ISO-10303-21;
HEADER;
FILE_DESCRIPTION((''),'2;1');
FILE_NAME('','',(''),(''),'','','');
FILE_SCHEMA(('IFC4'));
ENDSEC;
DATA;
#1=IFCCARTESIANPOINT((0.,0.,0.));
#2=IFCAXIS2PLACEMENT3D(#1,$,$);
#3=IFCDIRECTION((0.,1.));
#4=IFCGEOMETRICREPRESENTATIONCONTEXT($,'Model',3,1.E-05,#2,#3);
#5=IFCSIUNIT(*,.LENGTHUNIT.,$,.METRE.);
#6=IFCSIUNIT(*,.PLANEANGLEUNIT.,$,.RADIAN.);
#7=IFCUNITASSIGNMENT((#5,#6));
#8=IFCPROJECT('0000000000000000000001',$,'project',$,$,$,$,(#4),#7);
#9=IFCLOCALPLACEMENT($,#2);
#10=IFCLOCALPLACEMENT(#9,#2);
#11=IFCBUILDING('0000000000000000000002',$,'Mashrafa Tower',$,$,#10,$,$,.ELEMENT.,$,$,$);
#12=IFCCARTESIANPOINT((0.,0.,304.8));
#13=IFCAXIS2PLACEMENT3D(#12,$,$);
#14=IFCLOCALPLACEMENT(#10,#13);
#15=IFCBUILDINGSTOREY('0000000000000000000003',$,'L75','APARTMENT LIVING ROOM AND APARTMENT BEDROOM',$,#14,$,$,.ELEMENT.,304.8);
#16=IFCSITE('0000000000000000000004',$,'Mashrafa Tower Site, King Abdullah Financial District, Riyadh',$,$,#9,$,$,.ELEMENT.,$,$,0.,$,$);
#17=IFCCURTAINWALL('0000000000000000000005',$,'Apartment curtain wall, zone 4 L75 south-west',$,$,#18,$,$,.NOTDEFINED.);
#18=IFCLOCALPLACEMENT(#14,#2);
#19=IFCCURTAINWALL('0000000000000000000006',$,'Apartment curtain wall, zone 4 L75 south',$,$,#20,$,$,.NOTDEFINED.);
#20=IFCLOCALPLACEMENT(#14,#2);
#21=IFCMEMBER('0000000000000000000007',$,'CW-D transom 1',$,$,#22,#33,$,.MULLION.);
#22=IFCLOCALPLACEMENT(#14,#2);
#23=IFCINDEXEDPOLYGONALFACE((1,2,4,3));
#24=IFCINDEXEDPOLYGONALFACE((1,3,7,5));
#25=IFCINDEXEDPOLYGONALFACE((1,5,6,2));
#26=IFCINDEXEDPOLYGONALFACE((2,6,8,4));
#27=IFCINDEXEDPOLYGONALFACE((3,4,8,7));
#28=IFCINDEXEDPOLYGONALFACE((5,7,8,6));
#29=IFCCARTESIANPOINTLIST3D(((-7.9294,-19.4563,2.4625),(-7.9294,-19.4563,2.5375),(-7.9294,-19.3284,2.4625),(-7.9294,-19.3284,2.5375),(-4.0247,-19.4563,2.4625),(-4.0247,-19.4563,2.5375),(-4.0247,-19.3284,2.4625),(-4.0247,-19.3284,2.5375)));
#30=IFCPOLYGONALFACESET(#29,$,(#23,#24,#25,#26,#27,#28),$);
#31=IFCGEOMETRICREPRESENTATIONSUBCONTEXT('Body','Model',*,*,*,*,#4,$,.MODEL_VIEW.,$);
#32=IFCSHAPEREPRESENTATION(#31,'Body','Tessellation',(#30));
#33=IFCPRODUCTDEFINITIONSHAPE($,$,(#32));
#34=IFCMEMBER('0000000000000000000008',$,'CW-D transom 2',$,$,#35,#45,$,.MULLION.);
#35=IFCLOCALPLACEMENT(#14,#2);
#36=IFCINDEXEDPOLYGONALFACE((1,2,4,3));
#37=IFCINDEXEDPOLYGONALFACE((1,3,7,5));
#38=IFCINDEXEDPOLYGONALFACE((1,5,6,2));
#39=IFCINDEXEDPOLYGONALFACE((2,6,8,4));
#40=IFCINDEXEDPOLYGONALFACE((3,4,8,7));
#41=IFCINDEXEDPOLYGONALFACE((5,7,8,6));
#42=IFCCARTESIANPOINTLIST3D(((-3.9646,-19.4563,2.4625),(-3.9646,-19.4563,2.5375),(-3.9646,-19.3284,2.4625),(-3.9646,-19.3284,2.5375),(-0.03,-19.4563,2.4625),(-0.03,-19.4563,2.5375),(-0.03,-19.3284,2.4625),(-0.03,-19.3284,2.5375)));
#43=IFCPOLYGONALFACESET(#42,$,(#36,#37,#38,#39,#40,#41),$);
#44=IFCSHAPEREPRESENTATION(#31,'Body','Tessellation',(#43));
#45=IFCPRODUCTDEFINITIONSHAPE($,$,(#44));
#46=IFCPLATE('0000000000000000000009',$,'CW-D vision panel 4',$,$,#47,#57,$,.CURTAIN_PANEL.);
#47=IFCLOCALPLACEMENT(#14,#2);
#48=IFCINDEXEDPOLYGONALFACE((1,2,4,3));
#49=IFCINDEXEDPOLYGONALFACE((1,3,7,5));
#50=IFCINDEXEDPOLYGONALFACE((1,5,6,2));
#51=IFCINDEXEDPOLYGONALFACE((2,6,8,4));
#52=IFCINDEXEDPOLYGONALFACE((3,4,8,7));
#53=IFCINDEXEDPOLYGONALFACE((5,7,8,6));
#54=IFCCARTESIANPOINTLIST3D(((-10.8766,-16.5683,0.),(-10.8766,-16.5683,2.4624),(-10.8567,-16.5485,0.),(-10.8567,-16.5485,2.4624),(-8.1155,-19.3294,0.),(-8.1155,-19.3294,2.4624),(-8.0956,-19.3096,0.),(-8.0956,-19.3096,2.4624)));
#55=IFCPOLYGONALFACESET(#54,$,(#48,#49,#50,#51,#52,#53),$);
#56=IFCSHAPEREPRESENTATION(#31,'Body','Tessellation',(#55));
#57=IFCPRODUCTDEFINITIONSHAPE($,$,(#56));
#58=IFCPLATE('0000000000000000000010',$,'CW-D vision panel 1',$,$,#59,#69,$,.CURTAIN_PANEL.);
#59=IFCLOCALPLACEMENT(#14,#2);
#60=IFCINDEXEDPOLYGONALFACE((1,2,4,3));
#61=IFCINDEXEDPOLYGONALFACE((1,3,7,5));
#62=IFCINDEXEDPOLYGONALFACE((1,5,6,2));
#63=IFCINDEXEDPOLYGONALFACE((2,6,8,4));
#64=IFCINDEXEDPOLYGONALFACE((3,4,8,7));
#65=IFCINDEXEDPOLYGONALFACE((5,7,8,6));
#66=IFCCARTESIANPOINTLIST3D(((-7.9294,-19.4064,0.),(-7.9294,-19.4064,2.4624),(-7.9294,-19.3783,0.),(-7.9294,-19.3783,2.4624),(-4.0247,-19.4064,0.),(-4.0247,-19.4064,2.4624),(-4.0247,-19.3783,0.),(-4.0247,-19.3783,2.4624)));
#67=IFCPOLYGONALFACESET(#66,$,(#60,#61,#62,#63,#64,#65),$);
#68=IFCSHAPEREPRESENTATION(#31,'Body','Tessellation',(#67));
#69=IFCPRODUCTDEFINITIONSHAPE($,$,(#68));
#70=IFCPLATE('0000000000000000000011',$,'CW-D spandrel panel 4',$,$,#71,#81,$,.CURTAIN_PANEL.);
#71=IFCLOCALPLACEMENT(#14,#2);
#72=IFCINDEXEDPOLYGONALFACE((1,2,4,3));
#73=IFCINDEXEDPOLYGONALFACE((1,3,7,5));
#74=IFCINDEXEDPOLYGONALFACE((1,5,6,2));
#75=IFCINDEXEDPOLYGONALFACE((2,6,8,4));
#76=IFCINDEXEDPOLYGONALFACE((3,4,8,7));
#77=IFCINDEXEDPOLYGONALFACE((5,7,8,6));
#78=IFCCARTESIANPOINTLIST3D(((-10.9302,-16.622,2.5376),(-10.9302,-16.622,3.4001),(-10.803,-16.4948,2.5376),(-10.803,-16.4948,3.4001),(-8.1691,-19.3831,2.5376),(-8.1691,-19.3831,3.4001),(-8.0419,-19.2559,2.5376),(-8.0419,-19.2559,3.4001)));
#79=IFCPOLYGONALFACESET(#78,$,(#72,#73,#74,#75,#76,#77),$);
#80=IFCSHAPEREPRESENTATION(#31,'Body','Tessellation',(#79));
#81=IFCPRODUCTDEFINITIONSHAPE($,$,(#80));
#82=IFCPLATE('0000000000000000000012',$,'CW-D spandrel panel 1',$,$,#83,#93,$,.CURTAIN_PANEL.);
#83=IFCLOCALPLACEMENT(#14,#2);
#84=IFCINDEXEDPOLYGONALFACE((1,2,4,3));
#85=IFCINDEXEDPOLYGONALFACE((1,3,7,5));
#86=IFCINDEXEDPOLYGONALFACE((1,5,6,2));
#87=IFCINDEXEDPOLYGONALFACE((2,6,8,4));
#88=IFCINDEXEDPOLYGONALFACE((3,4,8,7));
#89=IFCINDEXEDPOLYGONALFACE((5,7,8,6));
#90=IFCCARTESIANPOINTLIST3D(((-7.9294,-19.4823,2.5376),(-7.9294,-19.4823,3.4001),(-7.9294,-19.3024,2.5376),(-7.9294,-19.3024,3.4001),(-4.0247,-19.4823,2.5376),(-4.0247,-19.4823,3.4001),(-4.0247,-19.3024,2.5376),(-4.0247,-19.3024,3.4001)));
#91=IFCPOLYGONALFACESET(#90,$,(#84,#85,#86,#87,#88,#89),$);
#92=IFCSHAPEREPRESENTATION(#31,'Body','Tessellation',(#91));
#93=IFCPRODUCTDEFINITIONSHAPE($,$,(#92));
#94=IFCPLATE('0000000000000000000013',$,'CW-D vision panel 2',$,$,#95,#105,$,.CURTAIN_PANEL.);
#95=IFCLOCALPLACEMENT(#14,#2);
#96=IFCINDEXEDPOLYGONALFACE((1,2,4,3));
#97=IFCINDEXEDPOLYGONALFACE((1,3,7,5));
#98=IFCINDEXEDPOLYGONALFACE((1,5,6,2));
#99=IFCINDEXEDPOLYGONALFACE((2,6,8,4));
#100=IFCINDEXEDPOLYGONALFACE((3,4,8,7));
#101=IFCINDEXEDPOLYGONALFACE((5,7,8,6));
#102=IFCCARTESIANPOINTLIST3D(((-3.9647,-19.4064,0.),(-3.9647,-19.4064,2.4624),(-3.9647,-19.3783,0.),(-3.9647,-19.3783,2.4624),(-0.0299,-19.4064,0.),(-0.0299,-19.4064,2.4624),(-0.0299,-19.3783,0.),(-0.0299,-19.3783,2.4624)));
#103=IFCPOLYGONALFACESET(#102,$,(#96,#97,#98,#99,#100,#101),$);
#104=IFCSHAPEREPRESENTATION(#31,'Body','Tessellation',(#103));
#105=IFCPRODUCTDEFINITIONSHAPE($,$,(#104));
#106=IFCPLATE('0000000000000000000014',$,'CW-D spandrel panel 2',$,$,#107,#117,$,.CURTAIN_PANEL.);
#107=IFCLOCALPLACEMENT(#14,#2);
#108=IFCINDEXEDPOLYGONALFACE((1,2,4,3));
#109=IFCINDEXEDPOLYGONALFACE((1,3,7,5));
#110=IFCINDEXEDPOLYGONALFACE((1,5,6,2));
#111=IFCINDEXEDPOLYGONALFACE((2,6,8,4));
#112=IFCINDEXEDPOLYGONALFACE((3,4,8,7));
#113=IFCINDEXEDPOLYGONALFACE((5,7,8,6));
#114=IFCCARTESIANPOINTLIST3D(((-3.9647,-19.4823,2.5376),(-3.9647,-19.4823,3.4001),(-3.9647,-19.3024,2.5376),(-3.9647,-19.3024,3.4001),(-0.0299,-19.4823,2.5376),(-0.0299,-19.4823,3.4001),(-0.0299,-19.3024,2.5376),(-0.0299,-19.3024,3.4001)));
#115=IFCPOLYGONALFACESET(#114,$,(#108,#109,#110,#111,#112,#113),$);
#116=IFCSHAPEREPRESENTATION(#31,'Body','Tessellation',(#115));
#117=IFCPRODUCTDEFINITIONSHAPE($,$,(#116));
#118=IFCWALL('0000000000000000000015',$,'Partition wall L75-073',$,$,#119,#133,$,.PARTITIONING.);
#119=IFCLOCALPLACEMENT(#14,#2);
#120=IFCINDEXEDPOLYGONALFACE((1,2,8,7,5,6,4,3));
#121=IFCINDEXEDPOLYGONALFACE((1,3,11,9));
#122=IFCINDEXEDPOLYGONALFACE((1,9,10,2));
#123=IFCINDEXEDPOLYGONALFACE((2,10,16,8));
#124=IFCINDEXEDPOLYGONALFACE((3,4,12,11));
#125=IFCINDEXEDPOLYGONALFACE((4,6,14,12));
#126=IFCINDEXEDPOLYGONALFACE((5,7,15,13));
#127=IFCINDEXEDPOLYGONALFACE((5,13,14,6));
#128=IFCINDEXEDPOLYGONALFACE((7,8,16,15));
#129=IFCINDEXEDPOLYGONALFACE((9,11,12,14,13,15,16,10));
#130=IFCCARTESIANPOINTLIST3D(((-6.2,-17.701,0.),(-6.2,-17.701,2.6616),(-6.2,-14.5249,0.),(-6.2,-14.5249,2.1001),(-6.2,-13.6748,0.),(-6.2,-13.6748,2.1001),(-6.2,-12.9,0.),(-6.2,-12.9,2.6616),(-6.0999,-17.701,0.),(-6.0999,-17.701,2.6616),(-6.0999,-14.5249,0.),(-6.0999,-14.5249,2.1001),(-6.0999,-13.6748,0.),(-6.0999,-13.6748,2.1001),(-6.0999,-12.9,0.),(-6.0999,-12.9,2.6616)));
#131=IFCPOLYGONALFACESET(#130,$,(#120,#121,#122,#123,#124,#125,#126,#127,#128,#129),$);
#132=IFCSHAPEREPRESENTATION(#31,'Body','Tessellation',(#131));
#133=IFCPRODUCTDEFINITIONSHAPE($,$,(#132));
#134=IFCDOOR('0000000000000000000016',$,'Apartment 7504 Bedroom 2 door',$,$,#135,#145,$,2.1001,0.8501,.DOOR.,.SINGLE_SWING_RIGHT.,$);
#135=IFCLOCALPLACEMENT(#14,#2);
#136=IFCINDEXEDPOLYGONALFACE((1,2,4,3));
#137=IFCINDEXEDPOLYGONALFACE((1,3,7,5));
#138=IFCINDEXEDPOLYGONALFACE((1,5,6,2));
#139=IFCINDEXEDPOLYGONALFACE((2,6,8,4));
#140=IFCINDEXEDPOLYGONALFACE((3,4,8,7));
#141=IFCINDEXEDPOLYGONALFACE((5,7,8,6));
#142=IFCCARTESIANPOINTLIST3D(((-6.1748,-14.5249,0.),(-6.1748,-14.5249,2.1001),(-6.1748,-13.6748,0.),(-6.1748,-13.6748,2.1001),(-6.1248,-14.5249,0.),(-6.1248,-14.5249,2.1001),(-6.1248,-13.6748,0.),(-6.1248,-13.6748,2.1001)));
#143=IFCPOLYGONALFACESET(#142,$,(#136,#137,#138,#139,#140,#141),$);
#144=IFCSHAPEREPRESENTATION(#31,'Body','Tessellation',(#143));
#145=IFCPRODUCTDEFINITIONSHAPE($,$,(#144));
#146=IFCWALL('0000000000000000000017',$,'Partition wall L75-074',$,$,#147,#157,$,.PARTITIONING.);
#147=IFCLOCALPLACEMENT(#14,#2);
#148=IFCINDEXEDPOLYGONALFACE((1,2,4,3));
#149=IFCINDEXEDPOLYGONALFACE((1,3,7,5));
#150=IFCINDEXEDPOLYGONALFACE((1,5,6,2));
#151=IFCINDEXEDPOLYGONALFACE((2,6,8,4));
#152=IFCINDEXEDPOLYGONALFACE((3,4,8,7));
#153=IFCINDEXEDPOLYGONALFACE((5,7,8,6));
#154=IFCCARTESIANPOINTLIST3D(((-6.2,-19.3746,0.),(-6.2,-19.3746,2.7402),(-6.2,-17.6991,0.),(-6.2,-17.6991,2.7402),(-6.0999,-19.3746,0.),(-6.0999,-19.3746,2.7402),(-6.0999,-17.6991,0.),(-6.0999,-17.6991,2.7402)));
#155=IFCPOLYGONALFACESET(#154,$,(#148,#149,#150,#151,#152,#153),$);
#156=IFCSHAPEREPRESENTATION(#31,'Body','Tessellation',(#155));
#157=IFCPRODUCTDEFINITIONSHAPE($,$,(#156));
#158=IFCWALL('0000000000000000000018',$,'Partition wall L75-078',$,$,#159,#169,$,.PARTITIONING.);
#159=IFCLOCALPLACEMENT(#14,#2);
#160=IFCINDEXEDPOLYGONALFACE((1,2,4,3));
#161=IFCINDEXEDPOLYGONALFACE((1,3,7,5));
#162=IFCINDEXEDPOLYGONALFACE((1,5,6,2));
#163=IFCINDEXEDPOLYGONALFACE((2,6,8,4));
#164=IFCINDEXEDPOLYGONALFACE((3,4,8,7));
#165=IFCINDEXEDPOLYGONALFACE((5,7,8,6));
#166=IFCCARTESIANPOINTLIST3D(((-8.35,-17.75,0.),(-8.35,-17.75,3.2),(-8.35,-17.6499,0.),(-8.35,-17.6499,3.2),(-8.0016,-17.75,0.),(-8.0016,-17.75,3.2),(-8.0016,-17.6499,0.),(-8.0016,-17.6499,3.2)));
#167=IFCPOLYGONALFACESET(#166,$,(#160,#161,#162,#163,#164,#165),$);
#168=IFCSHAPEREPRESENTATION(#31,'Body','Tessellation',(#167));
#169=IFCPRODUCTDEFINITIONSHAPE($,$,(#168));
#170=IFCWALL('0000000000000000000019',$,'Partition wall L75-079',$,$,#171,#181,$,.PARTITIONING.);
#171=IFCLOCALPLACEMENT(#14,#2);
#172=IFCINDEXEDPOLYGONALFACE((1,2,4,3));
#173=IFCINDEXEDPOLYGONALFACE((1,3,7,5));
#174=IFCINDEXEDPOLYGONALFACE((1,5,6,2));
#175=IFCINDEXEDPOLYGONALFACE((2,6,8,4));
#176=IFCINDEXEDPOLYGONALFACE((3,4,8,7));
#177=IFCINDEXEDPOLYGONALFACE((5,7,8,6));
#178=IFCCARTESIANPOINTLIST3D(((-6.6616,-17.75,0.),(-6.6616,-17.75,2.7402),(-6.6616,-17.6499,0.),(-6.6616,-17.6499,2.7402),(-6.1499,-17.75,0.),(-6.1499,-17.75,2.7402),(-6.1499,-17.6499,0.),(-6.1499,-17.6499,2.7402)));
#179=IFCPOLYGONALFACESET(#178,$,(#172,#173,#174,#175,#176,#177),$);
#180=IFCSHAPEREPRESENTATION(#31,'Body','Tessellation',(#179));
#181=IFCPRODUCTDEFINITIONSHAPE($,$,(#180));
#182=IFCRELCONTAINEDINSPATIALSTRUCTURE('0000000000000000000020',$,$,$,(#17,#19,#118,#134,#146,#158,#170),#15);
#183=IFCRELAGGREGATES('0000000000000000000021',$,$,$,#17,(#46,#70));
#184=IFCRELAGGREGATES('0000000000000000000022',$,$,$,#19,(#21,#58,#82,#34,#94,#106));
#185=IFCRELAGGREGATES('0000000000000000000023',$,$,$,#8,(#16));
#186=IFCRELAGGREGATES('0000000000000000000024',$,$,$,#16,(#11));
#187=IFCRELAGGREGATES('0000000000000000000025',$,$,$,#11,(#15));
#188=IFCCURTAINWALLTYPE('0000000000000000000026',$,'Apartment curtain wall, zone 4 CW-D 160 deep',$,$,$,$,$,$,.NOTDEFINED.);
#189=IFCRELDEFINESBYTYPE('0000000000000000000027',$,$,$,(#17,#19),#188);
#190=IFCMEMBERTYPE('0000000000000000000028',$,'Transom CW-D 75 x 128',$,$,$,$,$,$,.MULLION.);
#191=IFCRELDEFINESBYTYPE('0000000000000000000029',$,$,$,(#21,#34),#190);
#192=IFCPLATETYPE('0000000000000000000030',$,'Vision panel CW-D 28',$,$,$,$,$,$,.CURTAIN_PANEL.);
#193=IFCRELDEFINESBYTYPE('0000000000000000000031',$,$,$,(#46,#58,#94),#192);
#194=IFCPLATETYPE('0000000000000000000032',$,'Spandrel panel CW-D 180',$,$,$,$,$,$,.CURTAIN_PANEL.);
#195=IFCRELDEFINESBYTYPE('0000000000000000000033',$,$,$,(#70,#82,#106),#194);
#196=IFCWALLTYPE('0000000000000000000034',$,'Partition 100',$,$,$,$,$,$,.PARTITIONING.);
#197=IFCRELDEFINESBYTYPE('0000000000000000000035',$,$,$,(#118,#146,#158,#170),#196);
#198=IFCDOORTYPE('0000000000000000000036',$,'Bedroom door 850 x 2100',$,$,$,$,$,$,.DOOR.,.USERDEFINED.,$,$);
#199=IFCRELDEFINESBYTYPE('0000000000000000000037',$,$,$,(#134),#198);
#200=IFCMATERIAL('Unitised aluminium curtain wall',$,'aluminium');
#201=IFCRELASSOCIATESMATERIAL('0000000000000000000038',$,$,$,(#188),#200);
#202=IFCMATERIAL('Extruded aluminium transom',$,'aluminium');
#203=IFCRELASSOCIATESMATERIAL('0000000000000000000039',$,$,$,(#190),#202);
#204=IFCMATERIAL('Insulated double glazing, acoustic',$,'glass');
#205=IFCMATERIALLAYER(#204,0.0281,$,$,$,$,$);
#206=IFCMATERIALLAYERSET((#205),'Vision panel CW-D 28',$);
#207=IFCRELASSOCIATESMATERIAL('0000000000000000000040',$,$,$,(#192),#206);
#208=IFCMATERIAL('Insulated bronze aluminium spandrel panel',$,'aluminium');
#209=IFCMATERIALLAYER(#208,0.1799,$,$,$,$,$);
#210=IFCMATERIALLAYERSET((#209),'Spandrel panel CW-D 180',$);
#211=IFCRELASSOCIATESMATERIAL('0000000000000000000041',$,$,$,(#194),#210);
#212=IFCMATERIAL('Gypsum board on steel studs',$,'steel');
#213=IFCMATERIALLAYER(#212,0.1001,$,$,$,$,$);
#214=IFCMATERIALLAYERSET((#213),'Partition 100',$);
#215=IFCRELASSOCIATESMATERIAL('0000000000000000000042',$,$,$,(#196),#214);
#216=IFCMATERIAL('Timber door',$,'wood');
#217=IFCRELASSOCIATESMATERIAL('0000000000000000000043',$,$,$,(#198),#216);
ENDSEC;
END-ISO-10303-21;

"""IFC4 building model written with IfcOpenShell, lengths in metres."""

from ifc_helpers import new_model, si_unit, direction, frame, frame_2d, origin, origin_2d, place, context, subcontext, project, spatial, rectangle, extrude, source, transform, mapped, material, layer, layer_set, material_profile, profile_set, type_object, type_shapes, element, fill, aggregate, save


model = new_model("IFC4")

# Units and contexts
model_context = context("Model", 3, precision=1e-05, world=origin(), true_north=direction((0.0, 1.0)))
body_context = subcontext(model_context, "Body", "Model", "MODEL_VIEW")
ifc_project = project(units=[si_unit("LENGTHUNIT", "METRE"), si_unit("PLANEANGLEUNIT", "RADIAN")], contexts=[model_context])

# Site, building, storey
site_placement = place(None, origin())
site = spatial("IfcSite", under=ifc_project, at=site_placement, Name="Mashrafa Tower Site, King Abdullah Financial District, Riyadh", CompositionType="ELEMENT", RefElevation=0.0)
building_placement = place(site_placement, origin())
building = spatial("IfcBuilding", under=site, at=building_placement, Name="Mashrafa Tower", CompositionType="ELEMENT")
storey_placement = place(building_placement, frame((0.0, 0.0, 304.8)))
storey = spatial("IfcBuildingStorey", under=building, at=storey_placement, Name="L75", Description="APARTMENT LIVING ROOM AND APARTMENT BEDROOM", CompositionType="ELEMENT", Elevation=304.8)

# Curtain wall
ifc_material_1 = material(Name="Unitised aluminium curtain wall", Category="aluminium")
curtain_wall_type = type_object("IfcCurtainWallType", Name="Apartment curtain wall, zone 4 CW-D 160 deep", PredefinedType="NOTDEFINED", material=ifc_material_1)
curtain_wall_1_placement = place(storey_placement, origin())
curtain_wall_1 = element("IfcCurtainWall", 1, at=curtain_wall_1_placement, inside=storey, type_object=curtain_wall_type, Name="Apartment curtain wall, zone 4 L75 south-west", PredefinedType="NOTDEFINED")

# Curtain wall, members
curtain_wall_2_placement = place(storey_placement, origin())
curtain_wall_2 = element("IfcCurtainWall", 2, at=curtain_wall_2_placement, inside=storey, type_object=curtain_wall_type, Name="Apartment curtain wall, zone 4 L75 south", PredefinedType="NOTDEFINED")
ifc_material_2 = material(Name="Extruded aluminium transom", Category="aluminium")
ifc_material_profile_1 = material_profile(ifc_material_2, rectangle(XDim=0.1279, YDim=0.075, at=origin_2d()), Name="Transom 75x128")
ifc_profile_set_1 = profile_set([ifc_material_profile_1], Name="Extruded aluminium transom")
member_type_1 = type_object("IfcMemberType", Name="Transom CW-D 75 x 128", PredefinedType="MULLION", material=ifc_profile_set_1)
shared_shape_1 = source(origin(), body_context, "Body", "SweptSolid", [
    extrude(rectangle(XDim=0.1279, YDim=0.075, at=origin_2d()), origin(), (0.0, 0.0, 1.0), 3.9048),
])
member_1_placement = place(storey_placement, frame((-7.9294, -19.3923, 2.5), z_axis=(1.0, 0.0, 0.0), x_axis=(0.0, 1.0, 0.0)))
member_1 = element("IfcMember", 3, at=member_1_placement, type_object=member_type_1, Name="CW-D transom 1", PredefinedType="MULLION", context=body_context, shape_type="MappedRepresentation", body=[
    mapped(shared_shape_1, transform((0.0, 0.0, 0.0))),
])
shared_shape_2 = source(origin(), body_context, "Body", "SweptSolid", [
    extrude(rectangle(XDim=0.1279, YDim=0.075, at=origin_2d()), origin(), (0.0, 0.0, 1.0), 3.9346),
])
type_shapes(member_type_1, [shared_shape_1, shared_shape_2])
member_2_placement = place(storey_placement, frame((-3.9646, -19.3923, 2.5), z_axis=(1.0, 0.0, 0.0), x_axis=(0.0, 1.0, 0.0)))
member_2 = element("IfcMember", 4, at=member_2_placement, type_object=member_type_1, Name="CW-D transom 2", PredefinedType="MULLION", context=body_context, shape_type="MappedRepresentation", body=[
    mapped(shared_shape_2, transform((0.0, 0.0, 0.0))),
])

# Plates
ifc_material_3 = material(Name="Insulated double glazing, acoustic", Category="glass")
ifc_layer_1 = layer(ifc_material_3, 0.0281)
ifc_layer_set_1 = layer_set([ifc_layer_1], Name="Vision panel CW-D 28")
plate_type_1 = type_object("IfcPlateType", Name="Vision panel CW-D 28", PredefinedType="CURTAIN_PANEL", material=ifc_layer_set_1)
shared_shape_3 = source(origin(), body_context, "Body", "SweptSolid", [
    extrude(rectangle(XDim=3.9048, YDim=0.0281, at=origin_2d()), origin(), (0.0, 0.0, 1.0), 2.4624),
])
plate_1_placement = place(storey_placement, frame((-9.4861, -17.939, 0.0), z_axis=(0.0, 0.0, 1.0), x_axis=(0.707107, -0.707107, 0.0)))
plate_1 = element("IfcPlate", 5, at=plate_1_placement, type_object=plate_type_1, Name="CW-D vision panel 4", PredefinedType="CURTAIN_PANEL", context=body_context, shape_type="MappedRepresentation", body=[
    mapped(shared_shape_3, transform((0.0, 0.0, 0.0))),
])
plate_2_placement = place(storey_placement, frame((-5.9771, -19.3923, 0.0), z_axis=(0.0, 0.0, 1.0), x_axis=(1.0, 0.0, 0.0)))
plate_2 = element("IfcPlate", 6, at=plate_2_placement, type_object=plate_type_1, Name="CW-D vision panel 1", PredefinedType="CURTAIN_PANEL", context=body_context, shape_type="MappedRepresentation", body=[
    mapped(shared_shape_3, transform((0.0, 0.0, 0.0))),
])
ifc_material_4 = material(Name="Insulated bronze aluminium spandrel panel", Category="aluminium")
ifc_layer_2 = layer(ifc_material_4, 0.1799)
ifc_layer_set_2 = layer_set([ifc_layer_2], Name="Spandrel panel CW-D 180")
plate_type_2 = type_object("IfcPlateType", Name="Spandrel panel CW-D 180", PredefinedType="CURTAIN_PANEL", material=ifc_layer_set_2)
shared_shape_4 = source(origin(), body_context, "Body", "SweptSolid", [
    extrude(rectangle(XDim=3.9048, YDim=0.1799, at=origin_2d()), origin(), (0.0, 0.0, 1.0), 0.8625),
])
plate_3_placement = place(storey_placement, frame((-9.4861, -17.939, 2.5376), z_axis=(0.0, 0.0, 1.0), x_axis=(0.707107, -0.707107, 0.0)))
plate_3 = element("IfcPlate", 7, at=plate_3_placement, type_object=plate_type_2, Name="CW-D spandrel panel 4", PredefinedType="CURTAIN_PANEL", context=body_context, shape_type="MappedRepresentation", body=[
    mapped(shared_shape_4, transform((0.0, 0.0, 0.0))),
])
aggregate(curtain_wall_1, [plate_1, plate_3])
plate_4_placement = place(storey_placement, frame((-5.9771, -19.3923, 2.5376), z_axis=(0.0, 0.0, 1.0), x_axis=(1.0, 0.0, 0.0)))
plate_4 = element("IfcPlate", 8, at=plate_4_placement, type_object=plate_type_2, Name="CW-D spandrel panel 1", PredefinedType="CURTAIN_PANEL", context=body_context, shape_type="MappedRepresentation", body=[
    mapped(shared_shape_4, transform((0.0, 0.0, 0.0))),
])
shared_shape_5 = source(origin(), body_context, "Body", "SweptSolid", [
    extrude(rectangle(XDim=3.9348, YDim=0.0281, at=origin_2d()), origin(), (0.0, 0.0, 1.0), 2.4624),
])
type_shapes(plate_type_1, [shared_shape_3, shared_shape_5])
plate_5_placement = place(storey_placement, frame((-1.9973, -19.3923, 0.0), z_axis=(0.0, 0.0, 1.0), x_axis=(1.0, 0.0, 0.0)))
plate_5 = element("IfcPlate", 9, at=plate_5_placement, type_object=plate_type_1, Name="CW-D vision panel 2", PredefinedType="CURTAIN_PANEL", context=body_context, shape_type="MappedRepresentation", body=[
    mapped(shared_shape_5, transform((0.0, 0.0, 0.0))),
])
shared_shape_6 = source(origin(), body_context, "Body", "SweptSolid", [
    extrude(rectangle(XDim=3.9348, YDim=0.1799, at=origin_2d()), origin(), (0.0, 0.0, 1.0), 0.8625),
])
type_shapes(plate_type_2, [shared_shape_4, shared_shape_6])
plate_6_placement = place(storey_placement, frame((-1.9973, -19.3923, 2.5376), z_axis=(0.0, 0.0, 1.0), x_axis=(1.0, 0.0, 0.0)))
plate_6 = element("IfcPlate", 10, at=plate_6_placement, type_object=plate_type_2, Name="CW-D spandrel panel 2", PredefinedType="CURTAIN_PANEL", context=body_context, shape_type="MappedRepresentation", body=[
    mapped(shared_shape_6, transform((0.0, 0.0, 0.0))),
])
aggregate(curtain_wall_2, [member_1, plate_2, plate_4, member_2, plate_5, plate_6])

# Wall, opening, door
ifc_material_5 = material(Name="Gypsum board on steel studs", Category="steel")
ifc_layer_3 = layer(ifc_material_5, 0.1001)
ifc_layer_set_3 = layer_set([ifc_layer_3], Name="Partition 100")
wall_type = type_object("IfcWallType", Name="Partition 100", PredefinedType="PARTITIONING", material=ifc_layer_set_3)
wall_1_placement = place(storey_placement, frame((-6.1499, -17.7009, 0.0), z_axis=(0.0, 0.0, 1.0), x_axis=(0.0, 1.0, 0.0)))
wall_1 = element("IfcWall", 11, at=wall_1_placement, inside=storey, type_object=wall_type, Name="Partition wall L75-073", PredefinedType="PARTITIONING", context=body_context, shape_type="SweptSolid", body=[
    extrude(rectangle(XDim=4.801, YDim=0.1001, at=frame_2d((2.4004, 0.0))), origin(), (0.0, 0.0, 1.0), 2.6616),
])
opening_placement = place(wall_1_placement, frame((3.176, 0.0, 0.0)))
opening = element("IfcOpeningElement", 12, at=opening_placement, cuts=wall_1, PredefinedType="OPENING", context=body_context, shape_type="SweptSolid", body=[
    extrude(rectangle(XDim=0.8501, YDim=2.1001, at=frame_2d((0.425, 1.05))), frame((0.0, 0.0601, 0.0), z_axis=(0.0, -1.0, 0.0), x_axis=(1.0, 0.0, 0.0)), (0.0, 0.0, 1.0), 0.1201),
])
ifc_material_6 = material(Name="Timber door", Category="wood")
door_type = type_object("IfcDoorType", Name="Bedroom door 850 x 2100", OperationType="USERDEFINED", PredefinedType="DOOR", material=ifc_material_6)
door_placement = place(opening_placement, origin())
door = element("IfcDoor", 13, at=door_placement, inside=storey, type_object=door_type, Name="Apartment 7504 Bedroom 2 door", OperationType="SINGLE_SWING_RIGHT", OverallHeight=2.1001, OverallWidth=0.8501, PredefinedType="DOOR", context=body_context, shape_type="SweptSolid", body=[
    extrude(rectangle(XDim=0.8501, YDim=2.1001, at=frame_2d((0.425, 1.05))), frame((0.0, 0.0249, 0.0), z_axis=(0.0, -1.0, 0.0), x_axis=(1.0, 0.0, 0.0)), (0.0, 0.0, 1.0), 0.05),
])
fill(opening, door)

# Walls
wall_2_placement = place(storey_placement, frame((-6.1499, -17.699, 0.0), z_axis=(0.0, 0.0, 1.0), x_axis=(0.0, -1.0, 0.0)))
element("IfcWall", 14, at=wall_2_placement, inside=storey, type_object=wall_type, Name="Partition wall L75-074", PredefinedType="PARTITIONING", context=body_context, shape_type="SweptSolid", body=[
    extrude(rectangle(XDim=1.6755, YDim=0.1001, at=frame_2d((0.8379, 0.0))), origin(), (0.0, 0.0, 1.0), 2.7402),
])
wall_3_placement = place(storey_placement, frame((-8.3501, -17.7, 0.0), z_axis=(0.0, 0.0, 1.0), x_axis=(1.0, 0.0, 0.0)))
element("IfcWall", 15, at=wall_3_placement, inside=storey, type_object=wall_type, Name="Partition wall L75-078", PredefinedType="PARTITIONING", context=body_context, shape_type="SweptSolid", body=[
    extrude(rectangle(XDim=0.3484, YDim=0.1001, at=frame_2d((0.1743, 0.0))), origin(), (0.0, 0.0, 1.0), 3.2),
])
wall_4_placement = place(storey_placement, frame((-6.6616, -17.7, 0.0), z_axis=(0.0, 0.0, 1.0), x_axis=(1.0, 0.0, 0.0)))
element("IfcWall", 16, at=wall_4_placement, inside=storey, type_object=wall_type, Name="Partition wall L75-079", PredefinedType="PARTITIONING", context=body_context, shape_type="SweptSolid", body=[
    extrude(rectangle(XDim=0.5117, YDim=0.1001, at=frame_2d((0.2559, 0.0))), origin(), (0.0, 0.0, 1.0), 2.7402),
])

save(model, "model.ifc")
